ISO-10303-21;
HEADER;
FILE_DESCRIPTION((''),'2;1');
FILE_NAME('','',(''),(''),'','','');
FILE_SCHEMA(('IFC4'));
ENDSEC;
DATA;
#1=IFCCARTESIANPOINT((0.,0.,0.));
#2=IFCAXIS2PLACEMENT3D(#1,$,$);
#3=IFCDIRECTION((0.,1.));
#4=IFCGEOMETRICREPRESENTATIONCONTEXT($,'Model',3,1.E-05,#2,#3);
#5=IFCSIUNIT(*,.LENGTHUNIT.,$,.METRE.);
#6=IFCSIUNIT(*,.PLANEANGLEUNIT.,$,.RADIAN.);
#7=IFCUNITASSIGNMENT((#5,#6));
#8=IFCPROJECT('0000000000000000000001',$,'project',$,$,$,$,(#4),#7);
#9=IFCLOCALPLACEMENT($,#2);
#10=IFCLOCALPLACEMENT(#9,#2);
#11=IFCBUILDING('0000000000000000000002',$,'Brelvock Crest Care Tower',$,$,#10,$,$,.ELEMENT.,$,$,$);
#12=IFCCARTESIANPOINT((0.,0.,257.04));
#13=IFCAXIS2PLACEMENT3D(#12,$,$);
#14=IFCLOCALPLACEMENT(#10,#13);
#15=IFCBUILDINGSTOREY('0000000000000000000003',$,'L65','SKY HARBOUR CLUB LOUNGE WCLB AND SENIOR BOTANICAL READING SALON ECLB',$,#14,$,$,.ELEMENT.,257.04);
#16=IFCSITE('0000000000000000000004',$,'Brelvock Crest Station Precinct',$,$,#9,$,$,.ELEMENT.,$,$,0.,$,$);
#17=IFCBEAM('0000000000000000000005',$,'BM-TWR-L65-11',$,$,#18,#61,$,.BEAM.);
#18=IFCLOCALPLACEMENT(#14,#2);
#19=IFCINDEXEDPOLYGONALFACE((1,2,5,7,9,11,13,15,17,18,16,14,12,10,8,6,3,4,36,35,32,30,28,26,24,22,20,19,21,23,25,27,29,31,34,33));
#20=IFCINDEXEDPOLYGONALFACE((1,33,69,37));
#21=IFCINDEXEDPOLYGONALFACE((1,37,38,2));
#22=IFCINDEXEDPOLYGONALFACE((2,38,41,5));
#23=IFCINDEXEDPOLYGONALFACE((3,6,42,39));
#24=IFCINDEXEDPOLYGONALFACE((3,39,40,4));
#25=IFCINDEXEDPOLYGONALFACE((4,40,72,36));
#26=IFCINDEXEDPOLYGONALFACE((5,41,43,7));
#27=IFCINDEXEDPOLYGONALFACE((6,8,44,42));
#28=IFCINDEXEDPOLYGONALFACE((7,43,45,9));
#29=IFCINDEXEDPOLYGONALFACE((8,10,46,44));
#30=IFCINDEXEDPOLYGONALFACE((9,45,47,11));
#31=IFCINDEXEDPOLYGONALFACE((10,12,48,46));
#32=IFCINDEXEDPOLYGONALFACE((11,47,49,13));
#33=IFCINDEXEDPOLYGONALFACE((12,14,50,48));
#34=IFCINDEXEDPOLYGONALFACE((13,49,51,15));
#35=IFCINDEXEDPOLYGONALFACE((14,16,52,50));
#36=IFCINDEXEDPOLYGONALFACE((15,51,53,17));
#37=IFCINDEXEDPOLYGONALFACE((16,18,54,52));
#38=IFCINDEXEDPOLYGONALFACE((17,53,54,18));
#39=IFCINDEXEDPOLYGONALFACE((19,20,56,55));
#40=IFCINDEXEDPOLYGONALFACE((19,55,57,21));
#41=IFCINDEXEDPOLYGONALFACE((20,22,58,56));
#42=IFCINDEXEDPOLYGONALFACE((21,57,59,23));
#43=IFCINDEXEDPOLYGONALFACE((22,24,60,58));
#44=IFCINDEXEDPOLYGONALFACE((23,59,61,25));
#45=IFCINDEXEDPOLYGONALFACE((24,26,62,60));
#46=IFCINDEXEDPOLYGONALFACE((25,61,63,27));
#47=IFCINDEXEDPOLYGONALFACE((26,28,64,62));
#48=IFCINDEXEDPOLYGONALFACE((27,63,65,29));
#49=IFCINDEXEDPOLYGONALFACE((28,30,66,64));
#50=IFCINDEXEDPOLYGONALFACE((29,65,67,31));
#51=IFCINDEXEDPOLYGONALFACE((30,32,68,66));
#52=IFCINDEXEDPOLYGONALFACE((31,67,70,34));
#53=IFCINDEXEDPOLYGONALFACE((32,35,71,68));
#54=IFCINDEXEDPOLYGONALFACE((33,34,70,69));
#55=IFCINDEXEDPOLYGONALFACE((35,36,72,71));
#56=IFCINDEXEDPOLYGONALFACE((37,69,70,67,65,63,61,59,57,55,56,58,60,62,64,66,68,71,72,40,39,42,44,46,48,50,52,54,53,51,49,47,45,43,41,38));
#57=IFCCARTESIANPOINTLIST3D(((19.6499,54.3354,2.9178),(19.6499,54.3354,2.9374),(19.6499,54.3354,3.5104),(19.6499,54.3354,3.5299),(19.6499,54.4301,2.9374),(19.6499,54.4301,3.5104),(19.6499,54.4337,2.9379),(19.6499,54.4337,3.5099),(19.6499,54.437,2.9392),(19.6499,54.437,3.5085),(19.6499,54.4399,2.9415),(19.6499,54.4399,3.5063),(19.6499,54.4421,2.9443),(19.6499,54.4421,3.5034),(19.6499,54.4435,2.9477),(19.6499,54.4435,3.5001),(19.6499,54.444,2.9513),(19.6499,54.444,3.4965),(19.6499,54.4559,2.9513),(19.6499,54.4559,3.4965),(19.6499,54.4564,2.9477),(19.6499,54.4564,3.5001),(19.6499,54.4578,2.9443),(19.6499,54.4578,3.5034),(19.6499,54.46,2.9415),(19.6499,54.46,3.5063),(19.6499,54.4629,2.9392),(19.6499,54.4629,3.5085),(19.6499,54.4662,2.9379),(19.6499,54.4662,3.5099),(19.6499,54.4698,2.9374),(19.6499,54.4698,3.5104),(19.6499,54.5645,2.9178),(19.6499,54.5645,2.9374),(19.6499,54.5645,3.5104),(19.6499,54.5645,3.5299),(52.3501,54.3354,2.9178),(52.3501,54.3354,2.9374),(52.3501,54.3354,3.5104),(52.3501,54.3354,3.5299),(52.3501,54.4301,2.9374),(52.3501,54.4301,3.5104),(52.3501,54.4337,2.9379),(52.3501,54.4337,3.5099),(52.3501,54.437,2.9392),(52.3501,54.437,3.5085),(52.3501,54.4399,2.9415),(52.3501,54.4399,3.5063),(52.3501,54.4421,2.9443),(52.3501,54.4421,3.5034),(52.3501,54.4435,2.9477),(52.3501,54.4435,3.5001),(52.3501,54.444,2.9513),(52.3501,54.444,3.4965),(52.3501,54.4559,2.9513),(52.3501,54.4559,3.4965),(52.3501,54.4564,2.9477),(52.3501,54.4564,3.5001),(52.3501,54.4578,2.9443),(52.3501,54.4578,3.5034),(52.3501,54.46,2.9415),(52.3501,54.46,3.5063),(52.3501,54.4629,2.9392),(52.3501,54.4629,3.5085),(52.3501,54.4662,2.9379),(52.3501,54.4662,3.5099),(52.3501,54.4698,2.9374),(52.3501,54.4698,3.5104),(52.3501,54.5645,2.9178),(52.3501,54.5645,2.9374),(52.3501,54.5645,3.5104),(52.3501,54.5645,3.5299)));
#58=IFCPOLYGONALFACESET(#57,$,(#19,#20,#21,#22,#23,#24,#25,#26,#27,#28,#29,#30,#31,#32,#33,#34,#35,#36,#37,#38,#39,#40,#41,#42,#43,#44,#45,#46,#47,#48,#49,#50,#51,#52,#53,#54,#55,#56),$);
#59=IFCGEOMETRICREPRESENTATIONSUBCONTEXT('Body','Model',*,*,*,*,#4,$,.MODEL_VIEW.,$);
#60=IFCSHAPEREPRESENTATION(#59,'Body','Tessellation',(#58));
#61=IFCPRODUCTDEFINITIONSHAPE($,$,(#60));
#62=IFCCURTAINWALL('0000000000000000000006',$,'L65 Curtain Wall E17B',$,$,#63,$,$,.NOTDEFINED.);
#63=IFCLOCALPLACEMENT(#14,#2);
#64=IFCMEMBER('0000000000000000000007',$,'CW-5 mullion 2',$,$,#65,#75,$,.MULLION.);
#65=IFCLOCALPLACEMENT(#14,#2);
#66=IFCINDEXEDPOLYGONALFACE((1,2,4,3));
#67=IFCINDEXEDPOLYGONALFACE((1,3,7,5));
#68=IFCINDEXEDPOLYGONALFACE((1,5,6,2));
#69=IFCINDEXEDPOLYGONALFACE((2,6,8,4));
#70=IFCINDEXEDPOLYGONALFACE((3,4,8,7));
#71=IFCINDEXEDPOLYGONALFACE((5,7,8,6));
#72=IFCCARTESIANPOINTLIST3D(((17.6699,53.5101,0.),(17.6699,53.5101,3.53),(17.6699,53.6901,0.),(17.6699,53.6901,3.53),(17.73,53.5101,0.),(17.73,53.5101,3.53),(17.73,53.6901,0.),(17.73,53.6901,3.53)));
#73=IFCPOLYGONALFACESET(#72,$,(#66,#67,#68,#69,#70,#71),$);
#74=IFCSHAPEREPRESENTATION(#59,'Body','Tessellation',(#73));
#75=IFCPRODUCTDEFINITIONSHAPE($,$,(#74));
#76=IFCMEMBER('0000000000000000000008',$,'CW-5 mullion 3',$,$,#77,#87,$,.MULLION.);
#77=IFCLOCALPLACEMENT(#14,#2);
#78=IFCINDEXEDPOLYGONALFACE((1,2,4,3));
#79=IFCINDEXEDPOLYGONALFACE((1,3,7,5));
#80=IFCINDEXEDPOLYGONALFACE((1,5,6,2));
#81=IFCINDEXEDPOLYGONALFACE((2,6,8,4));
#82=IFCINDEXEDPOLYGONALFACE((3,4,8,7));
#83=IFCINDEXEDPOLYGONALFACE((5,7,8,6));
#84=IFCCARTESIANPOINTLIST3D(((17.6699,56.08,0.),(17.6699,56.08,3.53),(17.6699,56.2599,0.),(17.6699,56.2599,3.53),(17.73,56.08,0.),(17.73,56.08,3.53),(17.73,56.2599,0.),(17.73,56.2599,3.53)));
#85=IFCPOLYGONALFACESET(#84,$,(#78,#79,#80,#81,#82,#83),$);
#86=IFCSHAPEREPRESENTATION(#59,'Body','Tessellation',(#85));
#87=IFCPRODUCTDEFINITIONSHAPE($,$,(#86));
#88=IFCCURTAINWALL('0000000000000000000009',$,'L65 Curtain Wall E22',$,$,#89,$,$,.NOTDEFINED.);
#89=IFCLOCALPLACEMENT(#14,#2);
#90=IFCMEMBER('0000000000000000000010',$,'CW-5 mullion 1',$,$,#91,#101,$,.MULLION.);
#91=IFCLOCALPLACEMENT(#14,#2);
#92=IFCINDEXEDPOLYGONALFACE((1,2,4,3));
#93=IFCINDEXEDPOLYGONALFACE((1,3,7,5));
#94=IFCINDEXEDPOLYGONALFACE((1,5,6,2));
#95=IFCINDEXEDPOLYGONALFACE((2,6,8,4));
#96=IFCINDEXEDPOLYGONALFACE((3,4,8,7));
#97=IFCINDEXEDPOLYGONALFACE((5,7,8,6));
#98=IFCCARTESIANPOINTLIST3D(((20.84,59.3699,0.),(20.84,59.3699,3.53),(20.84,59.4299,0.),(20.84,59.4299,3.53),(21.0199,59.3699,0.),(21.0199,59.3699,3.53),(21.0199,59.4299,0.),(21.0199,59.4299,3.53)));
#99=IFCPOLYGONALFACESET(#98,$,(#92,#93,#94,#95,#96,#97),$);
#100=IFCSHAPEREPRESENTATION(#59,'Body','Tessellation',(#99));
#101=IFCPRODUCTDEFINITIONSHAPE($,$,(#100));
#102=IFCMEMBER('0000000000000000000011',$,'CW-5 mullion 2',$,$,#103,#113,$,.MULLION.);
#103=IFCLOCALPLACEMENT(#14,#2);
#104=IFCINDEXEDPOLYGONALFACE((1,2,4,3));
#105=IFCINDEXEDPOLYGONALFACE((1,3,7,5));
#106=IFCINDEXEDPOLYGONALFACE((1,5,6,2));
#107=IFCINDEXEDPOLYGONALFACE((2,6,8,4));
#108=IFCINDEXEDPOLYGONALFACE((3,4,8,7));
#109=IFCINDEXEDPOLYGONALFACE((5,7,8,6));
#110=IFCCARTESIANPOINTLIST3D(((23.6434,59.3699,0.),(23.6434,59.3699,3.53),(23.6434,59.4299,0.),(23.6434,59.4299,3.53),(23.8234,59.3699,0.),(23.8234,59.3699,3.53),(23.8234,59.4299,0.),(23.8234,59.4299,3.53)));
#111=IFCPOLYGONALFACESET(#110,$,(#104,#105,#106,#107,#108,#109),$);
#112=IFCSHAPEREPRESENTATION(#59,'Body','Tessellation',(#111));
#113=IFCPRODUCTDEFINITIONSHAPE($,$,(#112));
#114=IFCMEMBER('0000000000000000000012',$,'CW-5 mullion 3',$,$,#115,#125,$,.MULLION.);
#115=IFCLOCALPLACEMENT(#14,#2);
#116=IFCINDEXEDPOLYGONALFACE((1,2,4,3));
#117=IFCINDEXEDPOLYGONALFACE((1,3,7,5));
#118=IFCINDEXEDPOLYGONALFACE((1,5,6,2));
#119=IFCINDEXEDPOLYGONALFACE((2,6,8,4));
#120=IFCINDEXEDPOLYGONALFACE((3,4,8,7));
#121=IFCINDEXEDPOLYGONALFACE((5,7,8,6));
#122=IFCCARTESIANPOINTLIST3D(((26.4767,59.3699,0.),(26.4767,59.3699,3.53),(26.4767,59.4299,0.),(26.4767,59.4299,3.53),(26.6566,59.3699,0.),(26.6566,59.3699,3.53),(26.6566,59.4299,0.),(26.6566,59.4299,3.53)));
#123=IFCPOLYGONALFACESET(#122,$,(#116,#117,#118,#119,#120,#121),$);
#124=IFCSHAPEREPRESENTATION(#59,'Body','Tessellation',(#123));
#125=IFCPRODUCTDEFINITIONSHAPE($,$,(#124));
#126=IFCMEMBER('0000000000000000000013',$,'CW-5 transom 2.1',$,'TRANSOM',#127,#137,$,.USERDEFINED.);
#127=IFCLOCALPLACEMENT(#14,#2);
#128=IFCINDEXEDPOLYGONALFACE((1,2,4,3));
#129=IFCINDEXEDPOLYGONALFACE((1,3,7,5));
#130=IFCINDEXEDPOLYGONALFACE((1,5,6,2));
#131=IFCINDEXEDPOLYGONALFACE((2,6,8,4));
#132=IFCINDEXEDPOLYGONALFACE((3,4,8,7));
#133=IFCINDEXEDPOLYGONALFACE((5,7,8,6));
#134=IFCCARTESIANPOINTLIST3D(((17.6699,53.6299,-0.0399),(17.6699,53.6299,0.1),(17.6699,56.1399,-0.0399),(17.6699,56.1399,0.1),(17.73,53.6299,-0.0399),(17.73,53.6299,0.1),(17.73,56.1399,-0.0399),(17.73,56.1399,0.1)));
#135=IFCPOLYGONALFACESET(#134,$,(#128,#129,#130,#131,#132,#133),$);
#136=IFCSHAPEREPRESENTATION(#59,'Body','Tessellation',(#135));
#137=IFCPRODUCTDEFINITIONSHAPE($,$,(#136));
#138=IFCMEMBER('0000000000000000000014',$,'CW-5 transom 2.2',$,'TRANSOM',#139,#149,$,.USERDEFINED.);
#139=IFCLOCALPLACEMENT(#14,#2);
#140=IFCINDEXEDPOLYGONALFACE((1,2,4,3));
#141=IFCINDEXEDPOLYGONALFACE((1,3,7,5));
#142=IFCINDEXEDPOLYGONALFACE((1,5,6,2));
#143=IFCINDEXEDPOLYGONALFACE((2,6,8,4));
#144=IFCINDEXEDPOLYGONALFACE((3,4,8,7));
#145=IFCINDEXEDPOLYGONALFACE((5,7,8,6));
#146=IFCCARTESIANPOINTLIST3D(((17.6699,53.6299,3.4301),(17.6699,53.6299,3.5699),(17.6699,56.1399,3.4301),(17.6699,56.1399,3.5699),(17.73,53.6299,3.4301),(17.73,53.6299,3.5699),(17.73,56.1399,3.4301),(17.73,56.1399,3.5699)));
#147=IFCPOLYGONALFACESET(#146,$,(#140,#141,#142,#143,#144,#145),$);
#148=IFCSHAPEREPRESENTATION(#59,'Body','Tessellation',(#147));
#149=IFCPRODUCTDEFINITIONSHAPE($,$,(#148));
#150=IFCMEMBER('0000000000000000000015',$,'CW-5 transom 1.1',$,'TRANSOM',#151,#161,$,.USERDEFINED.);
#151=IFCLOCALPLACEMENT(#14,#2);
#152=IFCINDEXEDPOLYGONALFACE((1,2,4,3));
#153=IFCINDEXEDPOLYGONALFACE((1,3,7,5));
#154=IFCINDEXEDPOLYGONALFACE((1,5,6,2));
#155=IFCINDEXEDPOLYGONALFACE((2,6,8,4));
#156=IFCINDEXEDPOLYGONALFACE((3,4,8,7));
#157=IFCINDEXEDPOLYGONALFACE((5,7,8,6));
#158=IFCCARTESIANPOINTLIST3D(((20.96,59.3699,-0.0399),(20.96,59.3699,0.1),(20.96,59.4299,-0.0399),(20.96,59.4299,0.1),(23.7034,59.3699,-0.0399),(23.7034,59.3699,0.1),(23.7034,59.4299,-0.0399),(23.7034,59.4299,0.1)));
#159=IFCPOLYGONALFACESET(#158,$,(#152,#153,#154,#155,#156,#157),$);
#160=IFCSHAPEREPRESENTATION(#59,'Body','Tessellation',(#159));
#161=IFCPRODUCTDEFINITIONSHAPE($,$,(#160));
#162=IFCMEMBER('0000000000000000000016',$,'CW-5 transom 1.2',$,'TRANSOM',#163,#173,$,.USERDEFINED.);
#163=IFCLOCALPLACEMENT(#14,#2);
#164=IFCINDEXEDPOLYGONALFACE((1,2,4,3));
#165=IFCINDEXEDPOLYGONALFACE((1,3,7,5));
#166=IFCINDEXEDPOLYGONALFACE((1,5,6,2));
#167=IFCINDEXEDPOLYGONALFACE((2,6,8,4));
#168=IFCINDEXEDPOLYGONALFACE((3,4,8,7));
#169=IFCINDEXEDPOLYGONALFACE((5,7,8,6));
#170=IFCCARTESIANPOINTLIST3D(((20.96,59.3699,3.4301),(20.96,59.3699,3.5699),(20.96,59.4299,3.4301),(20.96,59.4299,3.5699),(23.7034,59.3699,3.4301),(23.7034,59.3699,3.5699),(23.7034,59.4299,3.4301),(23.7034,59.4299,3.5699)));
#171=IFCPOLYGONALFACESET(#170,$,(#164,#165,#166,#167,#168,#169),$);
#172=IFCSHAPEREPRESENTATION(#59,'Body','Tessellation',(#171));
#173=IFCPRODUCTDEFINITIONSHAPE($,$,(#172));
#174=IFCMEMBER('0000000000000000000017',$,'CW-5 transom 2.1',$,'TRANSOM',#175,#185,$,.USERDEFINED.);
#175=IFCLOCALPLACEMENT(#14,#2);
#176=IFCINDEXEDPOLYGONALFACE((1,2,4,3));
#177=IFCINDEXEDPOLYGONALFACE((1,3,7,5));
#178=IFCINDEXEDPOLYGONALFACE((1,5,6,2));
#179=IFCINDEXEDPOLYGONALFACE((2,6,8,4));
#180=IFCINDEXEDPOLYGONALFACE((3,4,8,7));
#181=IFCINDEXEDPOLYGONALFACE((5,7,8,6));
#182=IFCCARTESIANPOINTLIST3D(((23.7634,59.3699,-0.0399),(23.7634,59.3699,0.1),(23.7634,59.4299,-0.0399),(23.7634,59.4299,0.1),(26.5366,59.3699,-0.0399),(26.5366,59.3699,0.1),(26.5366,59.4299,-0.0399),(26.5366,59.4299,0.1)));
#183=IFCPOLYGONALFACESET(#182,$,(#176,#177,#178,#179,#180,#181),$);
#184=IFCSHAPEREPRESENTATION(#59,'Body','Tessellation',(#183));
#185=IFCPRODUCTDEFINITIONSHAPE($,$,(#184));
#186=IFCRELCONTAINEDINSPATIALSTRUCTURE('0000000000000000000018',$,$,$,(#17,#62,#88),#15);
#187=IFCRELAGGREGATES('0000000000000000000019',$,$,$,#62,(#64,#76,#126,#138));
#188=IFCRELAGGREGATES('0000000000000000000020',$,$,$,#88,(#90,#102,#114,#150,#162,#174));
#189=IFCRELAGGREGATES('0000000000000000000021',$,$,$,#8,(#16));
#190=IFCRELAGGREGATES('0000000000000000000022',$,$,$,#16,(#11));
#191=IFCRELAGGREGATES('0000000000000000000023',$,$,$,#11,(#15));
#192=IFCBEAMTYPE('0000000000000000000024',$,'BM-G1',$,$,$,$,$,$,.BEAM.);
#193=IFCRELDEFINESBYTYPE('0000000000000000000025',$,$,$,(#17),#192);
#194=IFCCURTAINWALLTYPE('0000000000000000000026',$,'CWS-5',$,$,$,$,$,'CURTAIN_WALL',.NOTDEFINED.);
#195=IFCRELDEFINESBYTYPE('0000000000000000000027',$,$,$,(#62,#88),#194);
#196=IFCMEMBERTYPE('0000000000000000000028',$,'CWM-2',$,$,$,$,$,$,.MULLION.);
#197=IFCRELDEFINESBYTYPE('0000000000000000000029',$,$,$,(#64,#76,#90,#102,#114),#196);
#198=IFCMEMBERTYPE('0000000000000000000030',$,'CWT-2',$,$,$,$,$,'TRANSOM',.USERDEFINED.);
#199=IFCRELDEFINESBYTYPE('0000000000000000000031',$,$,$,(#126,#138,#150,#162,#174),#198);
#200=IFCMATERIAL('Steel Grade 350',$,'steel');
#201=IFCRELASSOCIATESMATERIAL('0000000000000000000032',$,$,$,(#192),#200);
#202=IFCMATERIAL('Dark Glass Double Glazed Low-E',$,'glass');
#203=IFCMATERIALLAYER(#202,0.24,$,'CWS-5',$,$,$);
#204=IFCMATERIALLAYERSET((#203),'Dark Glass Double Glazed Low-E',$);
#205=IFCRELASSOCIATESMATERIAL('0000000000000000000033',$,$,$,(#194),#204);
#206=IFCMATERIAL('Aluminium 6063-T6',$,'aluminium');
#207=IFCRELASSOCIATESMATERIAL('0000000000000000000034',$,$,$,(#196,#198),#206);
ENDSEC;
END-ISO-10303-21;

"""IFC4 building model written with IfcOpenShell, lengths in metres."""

from ifc_helpers import new_model, si_unit, direction, frame, origin, origin_2d, place, context, subcontext, project, spatial, rectangle, i_section, extrude, source, transform, mapped, material, layer, layer_set, material_profile, profile_set, type_object, element, aggregate, save


model = new_model("IFC4")

# Units and contexts
model_context = context("Model", 3, precision=1e-05, world=origin(), true_north=direction((0.0, 1.0)))
body_context = subcontext(model_context, "Body", "Model", "MODEL_VIEW")
ifc_project = project(units=[si_unit("LENGTHUNIT", "METRE"), si_unit("PLANEANGLEUNIT", "RADIAN")], contexts=[model_context])

# Site, building, storey
site_placement = place(None, origin())
site = spatial("IfcSite", under=ifc_project, at=site_placement, Name="Brelvock Crest Station Precinct", CompositionType="ELEMENT", RefElevation=0.0)
building_placement = place(site_placement, origin())
building = spatial("IfcBuilding", under=site, at=building_placement, Name="Brelvock Crest Care Tower", CompositionType="ELEMENT")
storey_placement = place(building_placement, frame((0.0, 0.0, 257.04)))
storey = spatial("IfcBuildingStorey", under=building, at=storey_placement, Name="L65", Description="SKY HARBOUR CLUB LOUNGE WCLB AND SENIOR BOTANICAL READING SALON ECLB", CompositionType="ELEMENT", Elevation=257.04)

# Shared definitions
ifc_material_1 = material(Name="Steel Grade 350", Category="steel")

# Beam
ifc_material_profile_1 = material_profile(ifc_material_1, i_section(OverallWidth=0.229, OverallDepth=0.6121, WebThickness=0.012, FlangeThickness=0.0195, FilletRadius=0.0139, at=origin_2d()), Name="610UB125")
ifc_profile_set_1 = profile_set([ifc_material_profile_1], Name="Steel Grade 350")
beam_type_1 = type_object("IfcBeamType", Name="BM-G1", PredefinedType="BEAM", material=ifc_profile_set_1)
shared_shape_1 = source(origin(), body_context, "Body", "SweptSolid", [
    extrude(i_section(OverallWidth=0.229, OverallDepth=0.6121, WebThickness=0.012, FlangeThickness=0.0195, FilletRadius=0.0139, at=origin_2d()), origin(), (0.0, 0.0, 1.0), 32.7002),
])
beam_1_placement = place(storey_placement, frame((19.6499, 54.45, 3.2239), z_axis=(1.0, 0.0, 0.0), x_axis=(0.0, 1.0, 0.0)))
element("IfcBeam", 1, at=beam_1_placement, inside=storey, type_object=beam_type_1, Name="BM-TWR-L65-11", PredefinedType="BEAM", context=body_context, shape_type="MappedRepresentation", body=[
    mapped(shared_shape_1, transform((0.0, 0.0, 0.0), x_axis=(1.0, 0.0, 0.0), y_axis=(0.0, 1.0, 0.0), z_axis=(0.0, 0.0, 1.0), scale=1.0)),
])

# Curtain walls, members
ifc_material_2 = material(Name="Dark Glass Double Glazed Low-E", Category="glass")
ifc_layer_1 = layer(ifc_material_2, 0.24, Name="CWS-5")
ifc_layer_set_1 = layer_set([ifc_layer_1], Name="Dark Glass Double Glazed Low-E")
curtain_wall_type = type_object("IfcCurtainWallType", Name="CWS-5", ElementType="CURTAIN_WALL", PredefinedType="NOTDEFINED", material=ifc_layer_set_1)
curtain_wall_1_placement = place(storey_placement, origin())
curtain_wall_1 = element("IfcCurtainWall", 2, at=curtain_wall_1_placement, inside=storey, type_object=curtain_wall_type, Name="L65 Curtain Wall E17B", PredefinedType="NOTDEFINED")
ifc_material_3 = material(Name="Aluminium 6063-T6", Category="aluminium")
ifc_material_profile_2 = material_profile(ifc_material_3, rectangle(XDim=0.0601, YDim=0.1799, at=origin_2d()), Name="ALU60x180")
ifc_profile_set_2 = profile_set([ifc_material_profile_2], Name="Aluminium 6063-T6")
member_type_1 = type_object("IfcMemberType", Name="CWM-2", PredefinedType="MULLION", material=ifc_profile_set_2)
shared_shape_2 = source(origin(), body_context, "Body", "SweptSolid", [
    extrude(rectangle(XDim=0.0601, YDim=0.1799, at=origin_2d()), origin(), (0.0, 0.0, 1.0), 3.53),
])
member_1_placement = place(storey_placement, frame((17.7, 53.6001, 0.0), z_axis=(0.0, 0.0, 1.0), x_axis=(-1.0, 0.0, 0.0)))
member_1 = element("IfcMember", 3, at=member_1_placement, type_object=member_type_1, Name="CW-5 mullion 2", PredefinedType="MULLION", context=body_context, shape_type="MappedRepresentation", body=[
    mapped(shared_shape_2, transform((0.0, 0.0, 0.0), x_axis=(1.0, 0.0, 0.0), y_axis=(0.0, 1.0, 0.0), z_axis=(0.0, 0.0, 1.0), scale=1.0)),
])
member_2_placement = place(storey_placement, frame((17.7, 56.1699, 0.0), z_axis=(0.0, 0.0, 1.0), x_axis=(-1.0, 0.0, 0.0)))
member_2 = element("IfcMember", 4, at=member_2_placement, type_object=member_type_1, Name="CW-5 mullion 3", PredefinedType="MULLION", context=body_context, shape_type="MappedRepresentation", body=[
    mapped(shared_shape_2, transform((0.0, 0.0, 0.0), x_axis=(1.0, 0.0, 0.0), y_axis=(0.0, 1.0, 0.0), z_axis=(0.0, 0.0, 1.0), scale=1.0)),
])
curtain_wall_2_placement = place(storey_placement, origin())
curtain_wall_2 = element("IfcCurtainWall", 5, at=curtain_wall_2_placement, inside=storey, type_object=curtain_wall_type, Name="L65 Curtain Wall E22", PredefinedType="NOTDEFINED")
member_3_placement = place(storey_placement, frame((20.9299, 59.3999, 0.0), z_axis=(0.0, 0.0, 1.0), x_axis=(0.0, 1.0, 0.0)))
member_3 = element("IfcMember", 6, at=member_3_placement, type_object=member_type_1, Name="CW-5 mullion 1", PredefinedType="MULLION", context=body_context, shape_type="MappedRepresentation", body=[
    mapped(shared_shape_2, transform((0.0, 0.0, 0.0), x_axis=(1.0, 0.0, 0.0), y_axis=(0.0, 1.0, 0.0), z_axis=(0.0, 0.0, 1.0), scale=1.0)),
])
member_4_placement = place(storey_placement, frame((23.7334, 59.3999, 0.0), z_axis=(0.0, 0.0, 1.0), x_axis=(0.0, 1.0, 0.0)))
member_4 = element("IfcMember", 7, at=member_4_placement, type_object=member_type_1, Name="CW-5 mullion 2", PredefinedType="MULLION", context=body_context, shape_type="MappedRepresentation", body=[
    mapped(shared_shape_2, transform((0.0, 0.0, 0.0), x_axis=(1.0, 0.0, 0.0), y_axis=(0.0, 1.0, 0.0), z_axis=(0.0, 0.0, 1.0), scale=1.0)),
])
member_5_placement = place(storey_placement, frame((26.5667, 59.3999, 0.0), z_axis=(0.0, 0.0, 1.0), x_axis=(0.0, 1.0, 0.0)))
member_5 = element("IfcMember", 8, at=member_5_placement, type_object=member_type_1, Name="CW-5 mullion 3", PredefinedType="MULLION", context=body_context, shape_type="MappedRepresentation", body=[
    mapped(shared_shape_2, transform((0.0, 0.0, 0.0), x_axis=(1.0, 0.0, 0.0), y_axis=(0.0, 1.0, 0.0), z_axis=(0.0, 0.0, 1.0), scale=1.0)),
])

# Members
ifc_material_profile_3 = material_profile(ifc_material_3, rectangle(XDim=0.0601, YDim=0.1399, at=origin_2d()), Name="ALU60x140")
ifc_profile_set_3 = profile_set([ifc_material_profile_3], Name="Aluminium 6063-T6")
member_type_2 = type_object("IfcMemberType", Name="CWT-2", ElementType="TRANSOM", PredefinedType="USERDEFINED", material=ifc_profile_set_3)
shared_shape_3 = source(origin(), body_context, "Body", "SweptSolid", [
    extrude(rectangle(XDim=0.0601, YDim=0.1399, at=origin_2d()), origin(), (0.0, 0.0, 1.0), 2.51),
])
member_6_placement = place(storey_placement, frame((17.7, 53.6299, 0.03), z_axis=(0.0, 1.0, 0.0), x_axis=(-1.0, 0.0, 0.0)))
member_6 = element("IfcMember", 9, at=member_6_placement, type_object=member_type_2, Name="CW-5 transom 2.1", ObjectType="TRANSOM", PredefinedType="USERDEFINED", context=body_context, shape_type="MappedRepresentation", body=[
    mapped(shared_shape_3, transform((0.0, 0.0, 0.0), x_axis=(1.0, 0.0, 0.0), y_axis=(0.0, 1.0, 0.0), z_axis=(0.0, 0.0, 1.0), scale=1.0)),
])
member_7_placement = place(storey_placement, frame((17.7, 53.6299, 3.5), z_axis=(0.0, 1.0, 0.0), x_axis=(-1.0, 0.0, 0.0)))
member_7 = element("IfcMember", 10, at=member_7_placement, type_object=member_type_2, Name="CW-5 transom 2.2", ObjectType="TRANSOM", PredefinedType="USERDEFINED", context=body_context, shape_type="MappedRepresentation", body=[
    mapped(shared_shape_3, transform((0.0, 0.0, 0.0), x_axis=(1.0, 0.0, 0.0), y_axis=(0.0, 1.0, 0.0), z_axis=(0.0, 0.0, 1.0), scale=1.0)),
])
shared_shape_4 = source(origin(), body_context, "Body", "SweptSolid", [
    extrude(rectangle(XDim=0.0601, YDim=0.1399, at=origin_2d()), origin(), (0.0, 0.0, 1.0), 2.7434),
])
member_8_placement = place(storey_placement, frame((20.96, 59.3999, 0.03), z_axis=(1.0, 0.0, 0.0), x_axis=(0.0, 1.0, 0.0)))
member_8 = element("IfcMember", 11, at=member_8_placement, type_object=member_type_2, Name="CW-5 transom 1.1", ObjectType="TRANSOM", PredefinedType="USERDEFINED", context=body_context, shape_type="MappedRepresentation", body=[
    mapped(shared_shape_4, transform((0.0, 0.0, 0.0), x_axis=(1.0, 0.0, 0.0), y_axis=(0.0, 1.0, 0.0), z_axis=(0.0, 0.0, 1.0), scale=1.0)),
])
member_9_placement = place(storey_placement, frame((20.96, 59.3999, 3.5), z_axis=(1.0, 0.0, 0.0), x_axis=(0.0, 1.0, 0.0)))
member_9 = element("IfcMember", 12, at=member_9_placement, type_object=member_type_2, Name="CW-5 transom 1.2", ObjectType="TRANSOM", PredefinedType="USERDEFINED", context=body_context, shape_type="MappedRepresentation", body=[
    mapped(shared_shape_4, transform((0.0, 0.0, 0.0), x_axis=(1.0, 0.0, 0.0), y_axis=(0.0, 1.0, 0.0), z_axis=(0.0, 0.0, 1.0), scale=1.0)),
])
shared_shape_5 = source(origin(), body_context, "Body", "SweptSolid", [
    extrude(rectangle(XDim=0.0601, YDim=0.1399, at=origin_2d()), origin(), (0.0, 0.0, 1.0), 2.7732),
])
member_10_placement = place(storey_placement, frame((23.7634, 59.3999, 0.03), z_axis=(1.0, 0.0, 0.0), x_axis=(0.0, 1.0, 0.0)))
member_10 = element("IfcMember", 13, at=member_10_placement, type_object=member_type_2, Name="CW-5 transom 2.1", ObjectType="TRANSOM", PredefinedType="USERDEFINED", context=body_context, shape_type="MappedRepresentation", body=[
    mapped(shared_shape_5, transform((0.0, 0.0, 0.0), x_axis=(1.0, 0.0, 0.0), y_axis=(0.0, 1.0, 0.0), z_axis=(0.0, 0.0, 1.0), scale=1.0)),
])

aggregate(curtain_wall_1, [member_1, member_2, member_6, member_7])
aggregate(curtain_wall_2, [member_3, member_4, member_5, member_8, member_9, member_10])

save(model, "model.ifc")
